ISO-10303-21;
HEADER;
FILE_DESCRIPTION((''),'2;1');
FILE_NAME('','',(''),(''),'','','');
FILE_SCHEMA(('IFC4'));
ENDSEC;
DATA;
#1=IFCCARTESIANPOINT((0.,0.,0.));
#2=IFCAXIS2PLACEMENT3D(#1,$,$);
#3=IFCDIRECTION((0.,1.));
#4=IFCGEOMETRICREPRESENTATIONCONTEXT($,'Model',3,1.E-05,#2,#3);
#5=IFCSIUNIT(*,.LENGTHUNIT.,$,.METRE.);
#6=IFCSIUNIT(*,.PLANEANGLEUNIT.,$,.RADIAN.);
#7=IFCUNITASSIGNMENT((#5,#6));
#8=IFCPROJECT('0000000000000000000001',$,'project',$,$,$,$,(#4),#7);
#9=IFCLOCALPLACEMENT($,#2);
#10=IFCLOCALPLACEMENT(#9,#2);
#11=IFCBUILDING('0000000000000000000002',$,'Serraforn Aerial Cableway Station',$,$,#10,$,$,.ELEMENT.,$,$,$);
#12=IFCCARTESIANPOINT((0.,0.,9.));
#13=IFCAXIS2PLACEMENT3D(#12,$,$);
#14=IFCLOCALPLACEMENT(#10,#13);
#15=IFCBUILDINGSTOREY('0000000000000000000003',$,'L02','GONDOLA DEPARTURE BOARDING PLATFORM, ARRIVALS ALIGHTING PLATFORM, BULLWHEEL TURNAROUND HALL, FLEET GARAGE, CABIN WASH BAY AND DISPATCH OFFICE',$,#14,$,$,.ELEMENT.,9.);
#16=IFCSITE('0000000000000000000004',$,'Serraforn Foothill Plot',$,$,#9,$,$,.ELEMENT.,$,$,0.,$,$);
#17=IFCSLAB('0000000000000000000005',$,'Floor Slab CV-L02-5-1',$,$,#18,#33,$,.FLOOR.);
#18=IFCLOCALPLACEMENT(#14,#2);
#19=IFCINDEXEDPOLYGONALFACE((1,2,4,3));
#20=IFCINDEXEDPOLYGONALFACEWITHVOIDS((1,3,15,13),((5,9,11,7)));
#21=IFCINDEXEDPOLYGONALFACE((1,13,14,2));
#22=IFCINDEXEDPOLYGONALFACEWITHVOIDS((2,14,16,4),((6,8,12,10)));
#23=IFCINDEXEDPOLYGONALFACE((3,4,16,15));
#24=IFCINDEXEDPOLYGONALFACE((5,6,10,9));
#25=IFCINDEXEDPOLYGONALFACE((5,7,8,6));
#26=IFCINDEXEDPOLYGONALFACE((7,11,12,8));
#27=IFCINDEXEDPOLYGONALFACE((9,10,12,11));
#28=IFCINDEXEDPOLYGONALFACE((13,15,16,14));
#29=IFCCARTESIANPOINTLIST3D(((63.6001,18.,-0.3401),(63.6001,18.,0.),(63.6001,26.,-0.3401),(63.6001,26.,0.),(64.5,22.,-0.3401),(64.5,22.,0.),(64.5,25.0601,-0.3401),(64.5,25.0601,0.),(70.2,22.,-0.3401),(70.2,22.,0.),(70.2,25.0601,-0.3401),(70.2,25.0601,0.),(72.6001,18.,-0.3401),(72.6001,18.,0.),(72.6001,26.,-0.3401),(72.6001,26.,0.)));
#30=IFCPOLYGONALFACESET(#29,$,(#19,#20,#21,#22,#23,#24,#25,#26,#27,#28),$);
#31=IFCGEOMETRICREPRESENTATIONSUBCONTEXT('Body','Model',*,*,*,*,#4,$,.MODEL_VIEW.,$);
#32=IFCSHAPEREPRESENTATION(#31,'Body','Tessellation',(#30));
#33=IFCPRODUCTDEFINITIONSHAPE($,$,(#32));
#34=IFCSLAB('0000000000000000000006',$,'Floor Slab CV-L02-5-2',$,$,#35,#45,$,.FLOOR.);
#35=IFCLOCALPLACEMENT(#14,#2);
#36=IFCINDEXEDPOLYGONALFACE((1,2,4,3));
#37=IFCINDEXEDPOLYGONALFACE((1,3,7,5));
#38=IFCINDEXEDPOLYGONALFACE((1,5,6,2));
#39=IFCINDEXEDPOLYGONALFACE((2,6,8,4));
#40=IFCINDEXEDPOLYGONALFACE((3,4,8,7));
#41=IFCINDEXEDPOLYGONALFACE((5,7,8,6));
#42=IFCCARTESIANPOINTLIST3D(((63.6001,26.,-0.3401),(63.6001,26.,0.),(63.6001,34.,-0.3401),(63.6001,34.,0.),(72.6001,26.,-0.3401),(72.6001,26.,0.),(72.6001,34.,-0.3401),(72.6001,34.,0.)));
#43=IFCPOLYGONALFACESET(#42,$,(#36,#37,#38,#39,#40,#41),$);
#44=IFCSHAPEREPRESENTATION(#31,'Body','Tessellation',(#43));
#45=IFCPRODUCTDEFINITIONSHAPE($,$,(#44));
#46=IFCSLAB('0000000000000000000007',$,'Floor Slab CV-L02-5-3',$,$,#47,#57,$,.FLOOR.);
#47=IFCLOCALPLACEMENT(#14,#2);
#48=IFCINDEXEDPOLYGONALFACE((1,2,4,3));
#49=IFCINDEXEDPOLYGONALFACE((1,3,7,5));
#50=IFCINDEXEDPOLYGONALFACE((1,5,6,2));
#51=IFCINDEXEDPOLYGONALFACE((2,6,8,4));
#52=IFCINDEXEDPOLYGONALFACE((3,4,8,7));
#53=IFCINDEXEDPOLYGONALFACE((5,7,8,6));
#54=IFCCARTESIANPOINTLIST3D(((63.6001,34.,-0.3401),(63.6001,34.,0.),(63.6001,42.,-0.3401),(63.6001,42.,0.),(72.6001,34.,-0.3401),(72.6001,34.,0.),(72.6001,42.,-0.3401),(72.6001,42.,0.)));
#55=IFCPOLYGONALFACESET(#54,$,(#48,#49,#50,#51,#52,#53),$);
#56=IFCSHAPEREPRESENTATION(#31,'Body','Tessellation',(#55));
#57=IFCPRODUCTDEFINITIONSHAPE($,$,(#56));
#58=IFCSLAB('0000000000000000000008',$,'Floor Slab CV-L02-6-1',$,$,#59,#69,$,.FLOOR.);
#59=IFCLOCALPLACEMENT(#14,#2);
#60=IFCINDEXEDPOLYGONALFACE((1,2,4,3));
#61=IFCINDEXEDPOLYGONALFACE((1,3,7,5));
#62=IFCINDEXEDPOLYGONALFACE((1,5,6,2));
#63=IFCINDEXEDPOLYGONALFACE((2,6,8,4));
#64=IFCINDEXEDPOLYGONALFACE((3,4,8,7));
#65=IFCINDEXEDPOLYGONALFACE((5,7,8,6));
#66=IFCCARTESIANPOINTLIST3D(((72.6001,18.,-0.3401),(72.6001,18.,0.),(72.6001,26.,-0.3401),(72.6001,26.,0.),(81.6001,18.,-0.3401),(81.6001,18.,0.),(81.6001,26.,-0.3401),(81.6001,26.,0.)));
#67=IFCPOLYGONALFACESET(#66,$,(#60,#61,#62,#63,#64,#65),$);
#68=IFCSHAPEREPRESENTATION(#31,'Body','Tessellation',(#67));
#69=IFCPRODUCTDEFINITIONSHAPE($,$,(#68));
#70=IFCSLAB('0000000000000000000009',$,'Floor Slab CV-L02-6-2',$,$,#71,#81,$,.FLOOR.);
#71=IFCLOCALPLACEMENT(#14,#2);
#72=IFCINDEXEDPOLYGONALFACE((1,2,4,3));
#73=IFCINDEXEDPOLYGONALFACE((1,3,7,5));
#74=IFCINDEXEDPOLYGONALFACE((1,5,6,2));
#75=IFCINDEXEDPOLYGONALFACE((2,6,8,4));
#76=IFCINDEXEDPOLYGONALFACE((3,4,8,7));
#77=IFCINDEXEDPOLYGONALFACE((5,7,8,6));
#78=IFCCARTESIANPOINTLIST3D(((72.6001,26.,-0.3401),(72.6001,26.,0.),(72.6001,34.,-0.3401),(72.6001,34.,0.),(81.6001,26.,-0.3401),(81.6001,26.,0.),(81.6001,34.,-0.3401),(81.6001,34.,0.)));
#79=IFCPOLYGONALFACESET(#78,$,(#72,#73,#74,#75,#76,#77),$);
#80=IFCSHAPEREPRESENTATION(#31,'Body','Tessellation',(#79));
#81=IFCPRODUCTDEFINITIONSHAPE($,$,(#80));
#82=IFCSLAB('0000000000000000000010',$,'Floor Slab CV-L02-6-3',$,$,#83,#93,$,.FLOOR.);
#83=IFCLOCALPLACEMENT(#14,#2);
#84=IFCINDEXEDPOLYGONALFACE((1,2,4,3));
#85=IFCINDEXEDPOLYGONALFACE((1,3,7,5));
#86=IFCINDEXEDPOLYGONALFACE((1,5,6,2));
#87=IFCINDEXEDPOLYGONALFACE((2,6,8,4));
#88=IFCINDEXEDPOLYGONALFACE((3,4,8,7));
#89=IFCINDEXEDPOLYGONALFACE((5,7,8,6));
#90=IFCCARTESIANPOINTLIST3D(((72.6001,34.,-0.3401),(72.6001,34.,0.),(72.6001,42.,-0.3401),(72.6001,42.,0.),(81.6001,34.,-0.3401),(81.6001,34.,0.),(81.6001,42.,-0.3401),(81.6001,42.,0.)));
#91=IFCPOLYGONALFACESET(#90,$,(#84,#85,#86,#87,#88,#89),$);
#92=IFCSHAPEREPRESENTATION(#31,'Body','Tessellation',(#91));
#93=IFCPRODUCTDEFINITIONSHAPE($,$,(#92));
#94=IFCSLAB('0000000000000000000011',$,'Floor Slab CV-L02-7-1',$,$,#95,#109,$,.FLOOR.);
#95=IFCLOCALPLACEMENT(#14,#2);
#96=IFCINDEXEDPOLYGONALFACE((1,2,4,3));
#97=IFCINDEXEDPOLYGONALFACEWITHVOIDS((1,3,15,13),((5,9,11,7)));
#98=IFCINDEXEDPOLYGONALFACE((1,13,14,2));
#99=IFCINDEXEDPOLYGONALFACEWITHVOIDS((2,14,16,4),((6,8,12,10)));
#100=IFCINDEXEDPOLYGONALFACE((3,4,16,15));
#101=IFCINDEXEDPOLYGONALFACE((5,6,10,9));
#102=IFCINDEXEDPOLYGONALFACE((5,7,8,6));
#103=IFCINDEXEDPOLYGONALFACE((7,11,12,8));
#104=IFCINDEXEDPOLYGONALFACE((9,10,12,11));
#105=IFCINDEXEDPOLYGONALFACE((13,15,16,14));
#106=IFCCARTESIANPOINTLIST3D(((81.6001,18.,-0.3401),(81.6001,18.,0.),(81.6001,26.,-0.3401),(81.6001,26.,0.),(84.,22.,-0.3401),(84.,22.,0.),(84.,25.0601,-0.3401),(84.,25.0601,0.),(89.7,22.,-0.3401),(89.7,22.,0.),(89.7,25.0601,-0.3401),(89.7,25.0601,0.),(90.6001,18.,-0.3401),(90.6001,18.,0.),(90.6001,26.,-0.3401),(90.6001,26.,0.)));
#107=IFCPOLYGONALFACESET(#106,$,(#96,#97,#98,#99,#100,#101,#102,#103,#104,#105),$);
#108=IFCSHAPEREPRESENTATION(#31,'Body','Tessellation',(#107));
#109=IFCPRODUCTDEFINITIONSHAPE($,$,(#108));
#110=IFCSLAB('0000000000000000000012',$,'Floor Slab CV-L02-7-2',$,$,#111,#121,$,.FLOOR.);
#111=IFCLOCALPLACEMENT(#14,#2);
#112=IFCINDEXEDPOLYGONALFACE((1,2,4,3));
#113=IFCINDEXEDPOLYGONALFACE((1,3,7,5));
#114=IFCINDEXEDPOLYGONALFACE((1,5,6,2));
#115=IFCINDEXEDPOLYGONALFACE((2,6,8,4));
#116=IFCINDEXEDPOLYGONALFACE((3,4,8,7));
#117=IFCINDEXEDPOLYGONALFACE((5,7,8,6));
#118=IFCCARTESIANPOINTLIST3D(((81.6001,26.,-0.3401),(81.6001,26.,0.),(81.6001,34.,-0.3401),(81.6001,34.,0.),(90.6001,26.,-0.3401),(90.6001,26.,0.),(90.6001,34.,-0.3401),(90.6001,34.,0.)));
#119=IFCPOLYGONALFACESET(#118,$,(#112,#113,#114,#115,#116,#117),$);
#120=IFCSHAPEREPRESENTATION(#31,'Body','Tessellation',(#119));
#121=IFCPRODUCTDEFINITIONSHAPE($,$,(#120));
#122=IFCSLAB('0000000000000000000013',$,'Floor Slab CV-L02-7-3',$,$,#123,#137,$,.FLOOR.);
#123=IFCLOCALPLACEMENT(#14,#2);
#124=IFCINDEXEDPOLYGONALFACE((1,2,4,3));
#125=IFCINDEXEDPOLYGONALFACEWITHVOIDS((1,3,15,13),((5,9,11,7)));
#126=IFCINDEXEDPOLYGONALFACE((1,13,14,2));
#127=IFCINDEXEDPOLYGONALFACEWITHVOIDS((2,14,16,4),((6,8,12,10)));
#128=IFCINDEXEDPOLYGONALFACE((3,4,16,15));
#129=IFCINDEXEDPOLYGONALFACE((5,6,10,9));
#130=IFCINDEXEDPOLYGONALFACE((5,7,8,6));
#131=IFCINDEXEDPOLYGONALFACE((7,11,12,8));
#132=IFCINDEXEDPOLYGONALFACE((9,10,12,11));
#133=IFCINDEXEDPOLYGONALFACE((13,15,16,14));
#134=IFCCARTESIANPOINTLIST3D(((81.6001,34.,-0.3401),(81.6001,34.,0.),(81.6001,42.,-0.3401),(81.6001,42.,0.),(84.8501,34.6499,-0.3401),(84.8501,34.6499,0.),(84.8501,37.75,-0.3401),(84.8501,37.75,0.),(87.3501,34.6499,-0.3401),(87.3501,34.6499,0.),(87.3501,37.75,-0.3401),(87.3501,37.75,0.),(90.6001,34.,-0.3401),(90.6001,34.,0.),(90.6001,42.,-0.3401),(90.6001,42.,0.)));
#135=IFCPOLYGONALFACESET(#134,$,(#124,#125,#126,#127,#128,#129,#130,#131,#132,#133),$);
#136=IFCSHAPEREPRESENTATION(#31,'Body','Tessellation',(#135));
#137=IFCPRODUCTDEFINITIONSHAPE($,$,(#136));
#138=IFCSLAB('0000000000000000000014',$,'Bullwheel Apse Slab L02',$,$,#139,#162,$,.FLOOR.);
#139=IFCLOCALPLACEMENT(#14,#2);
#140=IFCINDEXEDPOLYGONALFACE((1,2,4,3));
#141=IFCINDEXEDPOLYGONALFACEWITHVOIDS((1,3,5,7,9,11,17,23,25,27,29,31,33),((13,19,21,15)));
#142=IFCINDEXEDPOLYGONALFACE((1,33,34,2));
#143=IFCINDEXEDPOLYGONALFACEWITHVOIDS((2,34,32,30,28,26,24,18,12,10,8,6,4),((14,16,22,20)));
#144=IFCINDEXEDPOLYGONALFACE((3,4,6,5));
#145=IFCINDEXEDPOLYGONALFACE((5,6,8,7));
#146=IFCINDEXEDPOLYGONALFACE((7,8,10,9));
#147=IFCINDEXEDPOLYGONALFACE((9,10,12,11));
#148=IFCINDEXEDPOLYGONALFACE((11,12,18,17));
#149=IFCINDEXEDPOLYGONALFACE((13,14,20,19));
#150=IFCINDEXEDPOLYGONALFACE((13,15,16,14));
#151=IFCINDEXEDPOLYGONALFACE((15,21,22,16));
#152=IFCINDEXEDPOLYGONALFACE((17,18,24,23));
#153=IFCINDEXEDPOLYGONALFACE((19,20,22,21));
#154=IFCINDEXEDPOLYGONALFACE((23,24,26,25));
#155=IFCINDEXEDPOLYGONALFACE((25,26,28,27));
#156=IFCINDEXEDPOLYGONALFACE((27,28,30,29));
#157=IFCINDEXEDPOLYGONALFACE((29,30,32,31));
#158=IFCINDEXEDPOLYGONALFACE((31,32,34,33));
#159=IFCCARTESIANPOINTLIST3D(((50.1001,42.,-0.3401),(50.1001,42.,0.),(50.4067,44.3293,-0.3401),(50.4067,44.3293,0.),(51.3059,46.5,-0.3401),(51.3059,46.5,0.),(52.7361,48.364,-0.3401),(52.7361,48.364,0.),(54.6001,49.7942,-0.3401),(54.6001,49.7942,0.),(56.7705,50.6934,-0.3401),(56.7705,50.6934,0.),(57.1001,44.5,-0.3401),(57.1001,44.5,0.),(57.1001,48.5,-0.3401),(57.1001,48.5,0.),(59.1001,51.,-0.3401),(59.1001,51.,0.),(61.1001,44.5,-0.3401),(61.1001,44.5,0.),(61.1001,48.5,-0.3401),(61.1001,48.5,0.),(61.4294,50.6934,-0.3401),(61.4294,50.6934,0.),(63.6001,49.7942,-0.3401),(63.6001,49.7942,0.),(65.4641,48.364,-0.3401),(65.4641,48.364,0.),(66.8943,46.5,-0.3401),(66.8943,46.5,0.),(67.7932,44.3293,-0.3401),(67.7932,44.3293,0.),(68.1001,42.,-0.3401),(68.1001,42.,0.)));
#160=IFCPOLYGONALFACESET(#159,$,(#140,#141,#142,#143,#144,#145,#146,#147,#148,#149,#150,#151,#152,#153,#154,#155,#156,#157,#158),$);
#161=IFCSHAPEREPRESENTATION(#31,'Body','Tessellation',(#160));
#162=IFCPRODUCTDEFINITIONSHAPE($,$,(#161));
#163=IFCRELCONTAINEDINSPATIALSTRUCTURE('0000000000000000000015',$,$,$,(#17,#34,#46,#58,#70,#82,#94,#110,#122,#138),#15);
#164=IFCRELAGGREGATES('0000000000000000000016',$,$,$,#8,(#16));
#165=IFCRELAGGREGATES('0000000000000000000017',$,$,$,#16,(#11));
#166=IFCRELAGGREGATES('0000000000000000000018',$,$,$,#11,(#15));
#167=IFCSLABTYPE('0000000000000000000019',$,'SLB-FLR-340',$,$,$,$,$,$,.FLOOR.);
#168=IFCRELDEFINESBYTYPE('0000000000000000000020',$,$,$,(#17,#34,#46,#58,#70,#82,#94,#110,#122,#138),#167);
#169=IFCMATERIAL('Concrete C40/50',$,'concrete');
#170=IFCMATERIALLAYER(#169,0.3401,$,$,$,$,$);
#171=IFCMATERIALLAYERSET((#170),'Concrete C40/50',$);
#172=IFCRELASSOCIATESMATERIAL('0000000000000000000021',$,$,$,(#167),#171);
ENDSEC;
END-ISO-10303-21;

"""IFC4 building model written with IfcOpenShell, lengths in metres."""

from ifc_helpers import new_model, si_unit, direction, frame, origin, place, context, subcontext, project, spatial, polyline, outline, extrude, material, layer, layer_set, type_object, element, save


model = new_model("IFC4")

# Units and contexts
model_context = context("Model", 3, precision=1e-05, world=origin(), true_north=direction((0.0, 1.0)))
body_context = subcontext(model_context, "Body", "Model", "MODEL_VIEW")
ifc_project = project(units=[si_unit("LENGTHUNIT", "METRE"), si_unit("PLANEANGLEUNIT", "RADIAN")], contexts=[model_context])

# Site, building, storey
site_placement = place(None, origin())
site = spatial("IfcSite", under=ifc_project, at=site_placement, Name="Serraforn Foothill Plot", CompositionType="ELEMENT", RefElevation=0.0)
building_placement = place(site_placement, origin())
building = spatial("IfcBuilding", under=site, at=building_placement, Name="Serraforn Aerial Cableway Station", CompositionType="ELEMENT")
storey_placement = place(building_placement, frame((0.0, 0.0, 9.0)))
storey = spatial("IfcBuildingStorey", under=building, at=storey_placement, Name="L02", Description="GONDOLA DEPARTURE BOARDING PLATFORM, ARRIVALS ALIGHTING PLATFORM, BULLWHEEL TURNAROUND HALL, FLEET GARAGE, CABIN WASH BAY AND DISPATCH OFFICE", CompositionType="ELEMENT", Elevation=9.0)

# Slabs
ifc_material_1 = material(Name="Concrete C40/50", Category="concrete")
ifc_layer_1 = layer(ifc_material_1, 0.3401)
ifc_layer_set_1 = layer_set([ifc_layer_1], Name="Concrete C40/50")
slab_type_1 = type_object("IfcSlabType", Name="SLB-FLR-340", PredefinedType="FLOOR", material=ifc_layer_set_1)
slab_1_placement = place(storey_placement, frame((0.0, 0.0, -0.3401)))
element("IfcSlab", 1, at=slab_1_placement, inside=storey, type_object=slab_type_1, Name="Floor Slab CV-L02-5-1", PredefinedType="FLOOR", context=body_context, shape_type="SweptSolid", body=[
    extrude(outline(polyline([(63.6001, 18.0), (72.6001, 18.0), (72.6001, 26.0), (63.6001, 26.0), (63.6001, 18.0)]), holes=[polyline([(70.2, 25.0601), (64.5, 25.0601), (64.5, 22.0), (70.2, 22.0), (70.2, 25.0601)])]), origin(), (0.0, 0.0, 1.0), 0.3401),
])
slab_2_placement = place(storey_placement, frame((0.0, 0.0, -0.3401)))
element("IfcSlab", 2, at=slab_2_placement, inside=storey, type_object=slab_type_1, Name="Floor Slab CV-L02-5-2", PredefinedType="FLOOR", context=body_context, shape_type="SweptSolid", body=[
    extrude(outline(polyline([(63.6001, 26.0), (72.6001, 26.0), (72.6001, 34.0), (63.6001, 34.0), (63.6001, 26.0)])), origin(), (0.0, 0.0, 1.0), 0.3401),
])
slab_3_placement = place(storey_placement, frame((0.0, 0.0, -0.3401)))
element("IfcSlab", 3, at=slab_3_placement, inside=storey, type_object=slab_type_1, Name="Floor Slab CV-L02-5-3", PredefinedType="FLOOR", context=body_context, shape_type="SweptSolid", body=[
    extrude(outline(polyline([(63.6001, 34.0), (72.6001, 34.0), (72.6001, 42.0), (63.6001, 42.0), (63.6001, 34.0)])), origin(), (0.0, 0.0, 1.0), 0.3401),
])
slab_4_placement = place(storey_placement, frame((0.0, 0.0, -0.3401)))
element("IfcSlab", 4, at=slab_4_placement, inside=storey, type_object=slab_type_1, Name="Floor Slab CV-L02-6-1", PredefinedType="FLOOR", context=body_context, shape_type="SweptSolid", body=[
    extrude(outline(polyline([(72.6001, 18.0), (81.6001, 18.0), (81.6001, 26.0), (72.6001, 26.0), (72.6001, 18.0)])), origin(), (0.0, 0.0, 1.0), 0.3401),
])
slab_5_placement = place(storey_placement, frame((0.0, 0.0, -0.3401)))
element("IfcSlab", 5, at=slab_5_placement, inside=storey, type_object=slab_type_1, Name="Floor Slab CV-L02-6-2", PredefinedType="FLOOR", context=body_context, shape_type="SweptSolid", body=[
    extrude(outline(polyline([(72.6001, 26.0), (81.6001, 26.0), (81.6001, 34.0), (72.6001, 34.0), (72.6001, 26.0)])), origin(), (0.0, 0.0, 1.0), 0.3401),
])
slab_6_placement = place(storey_placement, frame((0.0, 0.0, -0.3401)))
element("IfcSlab", 6, at=slab_6_placement, inside=storey, type_object=slab_type_1, Name="Floor Slab CV-L02-6-3", PredefinedType="FLOOR", context=body_context, shape_type="SweptSolid", body=[
    extrude(outline(polyline([(72.6001, 34.0), (81.6001, 34.0), (81.6001, 42.0), (72.6001, 42.0), (72.6001, 34.0)])), origin(), (0.0, 0.0, 1.0), 0.3401),
])
slab_7_placement = place(storey_placement, frame((0.0, 0.0, -0.3401)))
element("IfcSlab", 7, at=slab_7_placement, inside=storey, type_object=slab_type_1, Name="Floor Slab CV-L02-7-1", PredefinedType="FLOOR", context=body_context, shape_type="SweptSolid", body=[
    extrude(outline(polyline([(81.6001, 18.0), (90.6001, 18.0), (90.6001, 26.0), (81.6001, 26.0), (81.6001, 18.0)]), holes=[polyline([(84.0, 22.0), (89.7, 22.0), (89.7, 25.0601), (84.0, 25.0601), (84.0, 22.0)])]), origin(), (0.0, 0.0, 1.0), 0.3401),
])
slab_8_placement = place(storey_placement, frame((0.0, 0.0, -0.3401)))
element("IfcSlab", 8, at=slab_8_placement, inside=storey, type_object=slab_type_1, Name="Floor Slab CV-L02-7-2", PredefinedType="FLOOR", context=body_context, shape_type="SweptSolid", body=[
    extrude(outline(polyline([(81.6001, 26.0), (90.6001, 26.0), (90.6001, 34.0), (81.6001, 34.0), (81.6001, 26.0)])), origin(), (0.0, 0.0, 1.0), 0.3401),
])
slab_9_placement = place(storey_placement, frame((0.0, 0.0, -0.3401)))
element("IfcSlab", 9, at=slab_9_placement, inside=storey, type_object=slab_type_1, Name="Floor Slab CV-L02-7-3", PredefinedType="FLOOR", context=body_context, shape_type="SweptSolid", body=[
    extrude(outline(polyline([(81.6001, 34.0), (90.6001, 34.0), (90.6001, 42.0), (81.6001, 42.0), (81.6001, 34.0)]), holes=[polyline([(84.8501, 34.6499), (87.3501, 34.6499), (87.3501, 37.75), (84.8501, 37.75), (84.8501, 34.6499)])]), origin(), (0.0, 0.0, 1.0), 0.3401),
])
slab_10_placement = place(storey_placement, frame((0.0, 0.0, -0.3401)))
element("IfcSlab", 10, at=slab_10_placement, inside=storey, type_object=slab_type_1, Name="Bullwheel Apse Slab L02", PredefinedType="FLOOR", context=body_context, shape_type="SweptSolid", body=[
    extrude(outline(polyline([(50.1001, 42.0), (50.1001, 42.0), (50.4067, 44.3293), (51.3059, 46.5), (52.7361, 48.364), (54.6001, 49.7942), (56.7705, 50.6934), (59.1001, 51.0), (61.4294, 50.6934), (63.6001, 49.7942), (65.4641, 48.364), (66.8943, 46.5), (67.7932, 44.3293), (68.1001, 42.0), (68.1001, 42.0), (50.1001, 42.0)]), holes=[polyline([(57.1001, 44.5), (61.1001, 44.5), (61.1001, 48.5), (57.1001, 48.5), (57.1001, 44.5)])]), origin(), (0.0, 0.0, 1.0), 0.3401),
])

save(model, "model.ifc")
